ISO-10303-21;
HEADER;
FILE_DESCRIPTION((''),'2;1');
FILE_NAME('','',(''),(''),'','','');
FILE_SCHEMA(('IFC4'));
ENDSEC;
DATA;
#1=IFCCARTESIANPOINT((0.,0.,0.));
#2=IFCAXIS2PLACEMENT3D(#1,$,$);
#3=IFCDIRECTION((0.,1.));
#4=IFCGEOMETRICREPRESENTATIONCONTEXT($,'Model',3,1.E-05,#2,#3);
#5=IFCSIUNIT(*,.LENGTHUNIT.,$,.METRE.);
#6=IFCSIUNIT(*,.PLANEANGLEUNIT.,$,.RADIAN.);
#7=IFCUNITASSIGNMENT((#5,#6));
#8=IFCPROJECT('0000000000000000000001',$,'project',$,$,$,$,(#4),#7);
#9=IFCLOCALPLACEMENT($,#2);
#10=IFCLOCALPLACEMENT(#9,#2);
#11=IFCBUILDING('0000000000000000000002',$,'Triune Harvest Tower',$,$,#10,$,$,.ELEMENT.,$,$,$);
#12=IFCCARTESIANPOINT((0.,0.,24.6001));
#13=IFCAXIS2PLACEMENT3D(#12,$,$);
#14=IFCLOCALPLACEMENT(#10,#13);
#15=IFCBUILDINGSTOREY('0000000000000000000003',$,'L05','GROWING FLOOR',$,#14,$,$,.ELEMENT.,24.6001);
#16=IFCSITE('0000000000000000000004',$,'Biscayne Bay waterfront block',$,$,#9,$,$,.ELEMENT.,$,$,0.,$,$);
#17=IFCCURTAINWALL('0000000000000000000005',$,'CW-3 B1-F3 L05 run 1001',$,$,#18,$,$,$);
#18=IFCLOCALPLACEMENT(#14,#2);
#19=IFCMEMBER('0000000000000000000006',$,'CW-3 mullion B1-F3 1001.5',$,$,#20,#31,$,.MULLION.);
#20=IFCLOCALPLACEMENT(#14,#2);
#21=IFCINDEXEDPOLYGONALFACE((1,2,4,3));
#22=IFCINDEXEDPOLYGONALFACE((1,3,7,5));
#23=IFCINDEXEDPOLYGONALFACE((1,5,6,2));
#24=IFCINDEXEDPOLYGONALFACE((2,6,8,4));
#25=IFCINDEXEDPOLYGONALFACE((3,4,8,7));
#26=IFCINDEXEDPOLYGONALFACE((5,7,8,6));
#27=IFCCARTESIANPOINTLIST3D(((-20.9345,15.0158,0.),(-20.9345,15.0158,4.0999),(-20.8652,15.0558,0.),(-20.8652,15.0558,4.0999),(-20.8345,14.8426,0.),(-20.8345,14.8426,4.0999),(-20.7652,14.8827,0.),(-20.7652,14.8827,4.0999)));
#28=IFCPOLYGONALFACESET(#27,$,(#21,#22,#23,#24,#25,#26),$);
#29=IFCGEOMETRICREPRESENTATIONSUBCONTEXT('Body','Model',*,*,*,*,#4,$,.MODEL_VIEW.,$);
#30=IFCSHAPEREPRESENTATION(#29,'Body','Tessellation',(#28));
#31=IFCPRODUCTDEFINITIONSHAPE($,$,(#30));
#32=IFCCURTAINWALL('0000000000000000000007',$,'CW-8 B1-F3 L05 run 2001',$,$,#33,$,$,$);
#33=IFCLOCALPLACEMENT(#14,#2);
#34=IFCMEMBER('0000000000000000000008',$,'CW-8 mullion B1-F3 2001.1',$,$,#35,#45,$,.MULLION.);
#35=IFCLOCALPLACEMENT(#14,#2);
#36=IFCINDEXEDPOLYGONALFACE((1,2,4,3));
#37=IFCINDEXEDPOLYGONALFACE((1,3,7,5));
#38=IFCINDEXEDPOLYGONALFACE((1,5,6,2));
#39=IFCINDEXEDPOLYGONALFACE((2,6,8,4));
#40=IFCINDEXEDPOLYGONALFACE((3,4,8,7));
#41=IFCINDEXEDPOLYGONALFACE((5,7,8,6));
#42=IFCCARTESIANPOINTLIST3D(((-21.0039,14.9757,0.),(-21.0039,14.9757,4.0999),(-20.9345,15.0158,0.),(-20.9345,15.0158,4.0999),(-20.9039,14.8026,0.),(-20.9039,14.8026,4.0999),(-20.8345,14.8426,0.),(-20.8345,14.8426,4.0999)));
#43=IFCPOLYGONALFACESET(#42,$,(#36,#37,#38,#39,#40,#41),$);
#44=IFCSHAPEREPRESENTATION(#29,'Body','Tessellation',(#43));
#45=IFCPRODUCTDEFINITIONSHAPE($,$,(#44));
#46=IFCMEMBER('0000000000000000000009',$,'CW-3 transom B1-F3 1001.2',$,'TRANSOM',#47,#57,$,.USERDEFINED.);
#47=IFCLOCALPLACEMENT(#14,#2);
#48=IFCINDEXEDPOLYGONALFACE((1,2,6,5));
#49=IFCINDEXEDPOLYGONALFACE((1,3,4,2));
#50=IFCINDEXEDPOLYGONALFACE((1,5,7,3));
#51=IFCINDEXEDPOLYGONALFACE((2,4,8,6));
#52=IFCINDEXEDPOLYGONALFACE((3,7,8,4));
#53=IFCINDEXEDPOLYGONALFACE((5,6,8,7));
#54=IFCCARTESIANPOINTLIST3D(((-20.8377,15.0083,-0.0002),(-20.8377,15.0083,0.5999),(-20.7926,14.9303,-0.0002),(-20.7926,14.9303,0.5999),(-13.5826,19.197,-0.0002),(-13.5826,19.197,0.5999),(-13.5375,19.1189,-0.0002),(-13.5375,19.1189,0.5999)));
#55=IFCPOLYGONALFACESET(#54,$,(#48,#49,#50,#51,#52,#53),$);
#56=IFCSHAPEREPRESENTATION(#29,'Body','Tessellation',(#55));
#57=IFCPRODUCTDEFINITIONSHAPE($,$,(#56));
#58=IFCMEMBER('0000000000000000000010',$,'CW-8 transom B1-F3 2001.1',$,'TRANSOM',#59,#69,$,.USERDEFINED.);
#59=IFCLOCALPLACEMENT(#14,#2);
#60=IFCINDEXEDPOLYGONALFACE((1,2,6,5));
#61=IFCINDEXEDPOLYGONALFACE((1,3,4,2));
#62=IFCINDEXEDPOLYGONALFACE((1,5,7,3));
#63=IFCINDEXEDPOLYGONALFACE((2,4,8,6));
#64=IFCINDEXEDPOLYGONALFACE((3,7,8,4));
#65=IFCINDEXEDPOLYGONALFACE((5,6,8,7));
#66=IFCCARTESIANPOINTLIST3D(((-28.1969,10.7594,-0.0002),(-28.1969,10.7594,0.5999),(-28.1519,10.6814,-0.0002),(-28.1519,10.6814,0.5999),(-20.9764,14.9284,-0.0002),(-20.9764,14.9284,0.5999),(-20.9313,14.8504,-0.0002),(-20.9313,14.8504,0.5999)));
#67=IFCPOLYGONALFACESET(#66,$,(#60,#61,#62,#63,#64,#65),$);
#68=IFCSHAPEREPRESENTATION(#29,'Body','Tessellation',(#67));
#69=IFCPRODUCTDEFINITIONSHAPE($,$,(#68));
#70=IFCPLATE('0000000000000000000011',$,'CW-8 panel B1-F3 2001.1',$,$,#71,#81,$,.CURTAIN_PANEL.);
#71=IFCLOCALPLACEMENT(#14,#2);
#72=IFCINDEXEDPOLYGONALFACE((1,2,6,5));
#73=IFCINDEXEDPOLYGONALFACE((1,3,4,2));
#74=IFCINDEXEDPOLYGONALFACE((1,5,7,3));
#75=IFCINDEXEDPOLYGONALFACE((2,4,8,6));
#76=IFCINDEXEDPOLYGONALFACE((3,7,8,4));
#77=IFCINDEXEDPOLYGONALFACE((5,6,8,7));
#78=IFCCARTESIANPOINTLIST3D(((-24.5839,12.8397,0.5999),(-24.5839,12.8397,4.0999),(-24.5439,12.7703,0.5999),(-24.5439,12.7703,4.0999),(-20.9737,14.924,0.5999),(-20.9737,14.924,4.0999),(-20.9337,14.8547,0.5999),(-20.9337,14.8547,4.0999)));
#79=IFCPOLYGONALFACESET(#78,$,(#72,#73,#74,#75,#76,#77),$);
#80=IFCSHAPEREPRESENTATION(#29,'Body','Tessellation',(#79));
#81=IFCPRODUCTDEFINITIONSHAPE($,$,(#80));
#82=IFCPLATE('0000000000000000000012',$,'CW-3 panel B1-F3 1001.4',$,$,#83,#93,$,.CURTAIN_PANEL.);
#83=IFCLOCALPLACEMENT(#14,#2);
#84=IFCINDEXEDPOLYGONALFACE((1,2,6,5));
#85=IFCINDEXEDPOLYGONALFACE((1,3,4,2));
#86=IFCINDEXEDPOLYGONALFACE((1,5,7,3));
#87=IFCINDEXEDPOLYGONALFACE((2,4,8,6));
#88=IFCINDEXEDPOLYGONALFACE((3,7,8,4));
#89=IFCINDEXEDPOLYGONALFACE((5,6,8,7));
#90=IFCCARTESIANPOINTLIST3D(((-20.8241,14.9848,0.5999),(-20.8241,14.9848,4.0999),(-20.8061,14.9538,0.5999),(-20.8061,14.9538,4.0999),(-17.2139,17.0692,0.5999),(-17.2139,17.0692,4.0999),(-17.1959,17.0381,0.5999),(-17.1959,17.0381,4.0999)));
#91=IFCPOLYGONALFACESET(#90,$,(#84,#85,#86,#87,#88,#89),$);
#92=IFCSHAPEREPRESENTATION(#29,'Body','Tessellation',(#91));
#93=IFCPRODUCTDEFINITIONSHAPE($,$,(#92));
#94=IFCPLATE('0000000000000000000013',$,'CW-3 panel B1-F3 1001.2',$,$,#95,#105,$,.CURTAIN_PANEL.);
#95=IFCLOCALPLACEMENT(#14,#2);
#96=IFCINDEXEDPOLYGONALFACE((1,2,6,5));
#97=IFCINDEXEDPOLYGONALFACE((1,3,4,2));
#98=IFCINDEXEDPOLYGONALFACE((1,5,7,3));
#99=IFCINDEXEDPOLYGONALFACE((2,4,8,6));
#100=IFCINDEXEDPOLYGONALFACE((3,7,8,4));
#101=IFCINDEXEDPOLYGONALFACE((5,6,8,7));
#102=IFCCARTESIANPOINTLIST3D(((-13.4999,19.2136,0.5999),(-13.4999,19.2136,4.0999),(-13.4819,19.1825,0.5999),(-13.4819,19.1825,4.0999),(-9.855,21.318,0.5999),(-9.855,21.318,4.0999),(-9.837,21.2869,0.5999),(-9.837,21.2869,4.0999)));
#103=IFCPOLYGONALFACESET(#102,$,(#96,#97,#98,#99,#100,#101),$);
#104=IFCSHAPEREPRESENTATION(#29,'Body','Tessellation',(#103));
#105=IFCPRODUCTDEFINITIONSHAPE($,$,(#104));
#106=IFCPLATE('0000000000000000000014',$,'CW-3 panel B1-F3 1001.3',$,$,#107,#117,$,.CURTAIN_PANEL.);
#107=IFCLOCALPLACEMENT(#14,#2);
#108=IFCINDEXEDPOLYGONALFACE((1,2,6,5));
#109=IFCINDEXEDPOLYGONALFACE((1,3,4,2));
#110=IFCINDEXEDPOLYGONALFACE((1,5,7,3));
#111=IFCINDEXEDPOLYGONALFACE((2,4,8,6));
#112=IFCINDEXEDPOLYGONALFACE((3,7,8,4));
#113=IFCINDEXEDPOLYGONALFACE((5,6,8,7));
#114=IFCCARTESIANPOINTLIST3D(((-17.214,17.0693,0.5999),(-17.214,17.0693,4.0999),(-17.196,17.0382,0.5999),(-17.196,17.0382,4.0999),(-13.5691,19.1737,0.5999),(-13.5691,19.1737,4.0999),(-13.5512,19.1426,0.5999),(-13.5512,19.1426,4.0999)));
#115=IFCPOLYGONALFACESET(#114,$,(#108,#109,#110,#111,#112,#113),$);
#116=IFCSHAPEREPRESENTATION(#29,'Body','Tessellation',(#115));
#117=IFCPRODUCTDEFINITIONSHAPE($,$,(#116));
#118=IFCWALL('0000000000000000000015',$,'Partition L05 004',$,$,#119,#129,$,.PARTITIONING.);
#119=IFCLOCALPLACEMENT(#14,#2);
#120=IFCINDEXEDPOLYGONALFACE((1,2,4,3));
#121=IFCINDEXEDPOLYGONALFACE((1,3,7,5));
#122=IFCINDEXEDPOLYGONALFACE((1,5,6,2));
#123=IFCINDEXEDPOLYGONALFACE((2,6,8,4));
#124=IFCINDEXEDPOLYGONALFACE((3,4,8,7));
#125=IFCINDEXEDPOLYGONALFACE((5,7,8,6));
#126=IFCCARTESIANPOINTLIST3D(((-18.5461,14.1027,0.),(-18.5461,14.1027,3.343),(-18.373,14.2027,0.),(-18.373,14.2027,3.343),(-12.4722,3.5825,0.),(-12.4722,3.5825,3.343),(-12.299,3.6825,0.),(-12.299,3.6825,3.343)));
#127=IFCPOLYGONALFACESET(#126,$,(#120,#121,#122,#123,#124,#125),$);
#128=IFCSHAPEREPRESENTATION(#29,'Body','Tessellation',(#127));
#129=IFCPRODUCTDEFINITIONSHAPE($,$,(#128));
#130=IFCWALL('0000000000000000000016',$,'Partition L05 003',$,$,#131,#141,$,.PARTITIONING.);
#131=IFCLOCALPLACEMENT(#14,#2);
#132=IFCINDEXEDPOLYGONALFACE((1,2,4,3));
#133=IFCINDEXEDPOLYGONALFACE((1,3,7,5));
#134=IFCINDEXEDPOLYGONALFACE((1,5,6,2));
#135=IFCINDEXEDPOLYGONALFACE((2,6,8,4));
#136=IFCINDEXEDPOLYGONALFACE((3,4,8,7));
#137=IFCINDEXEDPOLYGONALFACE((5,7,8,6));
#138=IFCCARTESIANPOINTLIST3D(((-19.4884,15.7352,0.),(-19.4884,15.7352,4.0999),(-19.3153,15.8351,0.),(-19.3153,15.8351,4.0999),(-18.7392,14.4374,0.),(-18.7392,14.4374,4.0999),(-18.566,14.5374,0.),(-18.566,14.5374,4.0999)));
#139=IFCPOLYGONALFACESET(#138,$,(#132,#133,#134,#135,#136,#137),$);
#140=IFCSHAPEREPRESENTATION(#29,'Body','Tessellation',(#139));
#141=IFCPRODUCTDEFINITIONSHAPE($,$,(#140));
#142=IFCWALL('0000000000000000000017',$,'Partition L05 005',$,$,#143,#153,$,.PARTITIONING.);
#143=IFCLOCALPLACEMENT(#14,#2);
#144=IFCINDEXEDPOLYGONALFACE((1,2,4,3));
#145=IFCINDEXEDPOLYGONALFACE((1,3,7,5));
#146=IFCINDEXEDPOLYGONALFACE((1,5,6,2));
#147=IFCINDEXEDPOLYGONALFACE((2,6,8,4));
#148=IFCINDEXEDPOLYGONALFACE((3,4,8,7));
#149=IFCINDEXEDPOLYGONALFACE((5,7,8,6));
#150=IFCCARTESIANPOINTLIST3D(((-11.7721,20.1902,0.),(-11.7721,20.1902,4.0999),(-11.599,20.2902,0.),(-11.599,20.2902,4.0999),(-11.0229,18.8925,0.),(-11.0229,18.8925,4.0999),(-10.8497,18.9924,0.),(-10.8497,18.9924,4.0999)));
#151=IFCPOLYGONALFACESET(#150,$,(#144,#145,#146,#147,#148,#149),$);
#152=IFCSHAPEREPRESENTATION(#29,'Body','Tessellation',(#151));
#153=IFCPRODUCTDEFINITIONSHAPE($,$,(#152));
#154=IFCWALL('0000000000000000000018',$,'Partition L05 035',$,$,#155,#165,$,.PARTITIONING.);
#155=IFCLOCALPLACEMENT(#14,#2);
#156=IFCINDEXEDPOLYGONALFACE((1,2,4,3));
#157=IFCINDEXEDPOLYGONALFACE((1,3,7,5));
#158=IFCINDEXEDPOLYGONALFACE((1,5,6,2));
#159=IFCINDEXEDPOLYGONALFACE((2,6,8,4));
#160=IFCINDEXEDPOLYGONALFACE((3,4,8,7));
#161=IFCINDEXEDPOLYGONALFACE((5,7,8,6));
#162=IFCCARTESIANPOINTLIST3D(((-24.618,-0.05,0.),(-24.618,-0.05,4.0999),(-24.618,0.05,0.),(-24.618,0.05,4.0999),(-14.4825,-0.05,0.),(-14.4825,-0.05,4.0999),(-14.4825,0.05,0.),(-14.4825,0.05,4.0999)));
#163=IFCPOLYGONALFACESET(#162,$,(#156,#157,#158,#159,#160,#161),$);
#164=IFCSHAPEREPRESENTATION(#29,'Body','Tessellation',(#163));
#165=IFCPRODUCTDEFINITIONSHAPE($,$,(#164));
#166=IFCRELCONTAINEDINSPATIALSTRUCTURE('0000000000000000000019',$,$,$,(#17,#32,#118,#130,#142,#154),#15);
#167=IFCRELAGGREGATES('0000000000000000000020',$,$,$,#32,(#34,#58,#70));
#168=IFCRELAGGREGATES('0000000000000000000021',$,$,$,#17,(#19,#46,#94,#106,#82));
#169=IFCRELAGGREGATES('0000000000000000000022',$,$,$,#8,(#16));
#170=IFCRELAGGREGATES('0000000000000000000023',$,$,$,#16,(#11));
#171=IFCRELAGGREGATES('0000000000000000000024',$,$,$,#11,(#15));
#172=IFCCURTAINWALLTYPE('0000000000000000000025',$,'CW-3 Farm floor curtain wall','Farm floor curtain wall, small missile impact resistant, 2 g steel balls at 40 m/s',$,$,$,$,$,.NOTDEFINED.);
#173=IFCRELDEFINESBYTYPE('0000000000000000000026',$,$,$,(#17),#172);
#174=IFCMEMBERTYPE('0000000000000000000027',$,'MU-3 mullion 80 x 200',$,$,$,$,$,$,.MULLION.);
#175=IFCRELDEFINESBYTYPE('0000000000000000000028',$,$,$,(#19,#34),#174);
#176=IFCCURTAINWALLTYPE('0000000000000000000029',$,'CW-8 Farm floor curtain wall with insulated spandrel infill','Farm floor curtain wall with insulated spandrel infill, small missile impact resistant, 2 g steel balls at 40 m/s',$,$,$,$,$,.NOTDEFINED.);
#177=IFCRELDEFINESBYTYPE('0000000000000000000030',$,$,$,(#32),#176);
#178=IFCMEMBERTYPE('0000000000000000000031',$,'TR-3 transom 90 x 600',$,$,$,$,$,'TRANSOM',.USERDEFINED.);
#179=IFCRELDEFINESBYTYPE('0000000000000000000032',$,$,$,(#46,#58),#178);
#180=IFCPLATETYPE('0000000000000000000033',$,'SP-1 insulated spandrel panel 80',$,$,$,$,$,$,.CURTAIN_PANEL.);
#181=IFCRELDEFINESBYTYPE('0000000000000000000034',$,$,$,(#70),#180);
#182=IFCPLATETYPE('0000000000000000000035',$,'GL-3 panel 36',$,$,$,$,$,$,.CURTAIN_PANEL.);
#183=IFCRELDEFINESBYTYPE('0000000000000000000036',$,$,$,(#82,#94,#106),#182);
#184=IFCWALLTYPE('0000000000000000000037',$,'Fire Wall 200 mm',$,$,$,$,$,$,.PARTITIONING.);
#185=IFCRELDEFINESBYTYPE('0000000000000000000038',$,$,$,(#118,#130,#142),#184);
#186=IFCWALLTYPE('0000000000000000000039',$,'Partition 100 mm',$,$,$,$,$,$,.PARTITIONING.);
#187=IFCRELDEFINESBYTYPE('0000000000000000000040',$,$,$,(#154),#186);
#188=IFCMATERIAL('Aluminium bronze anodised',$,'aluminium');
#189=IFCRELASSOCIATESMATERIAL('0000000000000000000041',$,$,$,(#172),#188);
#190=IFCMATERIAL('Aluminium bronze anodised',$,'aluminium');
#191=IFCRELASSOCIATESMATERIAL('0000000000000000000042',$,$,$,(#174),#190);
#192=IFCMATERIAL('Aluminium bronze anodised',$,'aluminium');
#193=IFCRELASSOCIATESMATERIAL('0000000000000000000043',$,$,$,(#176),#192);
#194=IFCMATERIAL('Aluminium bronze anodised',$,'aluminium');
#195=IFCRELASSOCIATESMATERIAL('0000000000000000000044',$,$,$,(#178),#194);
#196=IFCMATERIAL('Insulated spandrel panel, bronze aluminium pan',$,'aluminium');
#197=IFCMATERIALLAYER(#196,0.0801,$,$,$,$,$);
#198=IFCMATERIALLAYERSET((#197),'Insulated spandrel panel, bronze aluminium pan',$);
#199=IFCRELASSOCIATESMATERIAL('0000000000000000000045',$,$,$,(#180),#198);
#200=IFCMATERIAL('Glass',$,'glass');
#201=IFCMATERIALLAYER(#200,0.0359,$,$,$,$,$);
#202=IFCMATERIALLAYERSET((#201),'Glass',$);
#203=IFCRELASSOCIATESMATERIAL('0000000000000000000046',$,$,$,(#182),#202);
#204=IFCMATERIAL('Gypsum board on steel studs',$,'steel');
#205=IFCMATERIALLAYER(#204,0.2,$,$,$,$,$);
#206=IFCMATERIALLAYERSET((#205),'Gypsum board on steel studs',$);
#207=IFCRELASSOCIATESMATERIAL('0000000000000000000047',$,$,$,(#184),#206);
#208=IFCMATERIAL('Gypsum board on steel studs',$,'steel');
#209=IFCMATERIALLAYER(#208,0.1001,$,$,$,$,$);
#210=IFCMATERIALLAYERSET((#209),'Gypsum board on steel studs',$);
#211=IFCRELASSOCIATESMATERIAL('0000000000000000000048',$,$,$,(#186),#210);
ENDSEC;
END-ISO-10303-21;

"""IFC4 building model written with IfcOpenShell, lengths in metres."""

from ifc_helpers import new_model, si_unit, direction, frame, frame_2d, origin, origin_2d, place, context, subcontext, project, spatial, rectangle, extrude, source, transform, mapped, material, layer, layer_set, material_profile, profile_set, type_object, element, aggregate, save


model = new_model("IFC4")

# Units and contexts
model_context = context("Model", 3, precision=1e-05, world=origin(), true_north=direction((0.0, 1.0)))
body_context = subcontext(model_context, "Body", "Model", "MODEL_VIEW")
ifc_project = project(units=[si_unit("LENGTHUNIT", "METRE"), si_unit("PLANEANGLEUNIT", "RADIAN")], contexts=[model_context])

# Site, building, storey
site_placement = place(None, origin())
site = spatial("IfcSite", under=ifc_project, at=site_placement, Name="Biscayne Bay waterfront block", CompositionType="ELEMENT", RefElevation=0.0)
building_placement = place(site_placement, origin())
building = spatial("IfcBuilding", under=site, at=building_placement, Name="Triune Harvest Tower", CompositionType="ELEMENT")
storey_placement = place(building_placement, frame((0.0, 0.0, 24.6001)))
storey = spatial("IfcBuildingStorey", under=building, at=storey_placement, Name="L05", Description="GROWING FLOOR", CompositionType="ELEMENT", Elevation=24.6001)

# Curtain wall, member
ifc_material_1 = material(Name="Aluminium bronze anodised", Category="aluminium")
curtain_wall_type_1 = type_object("IfcCurtainWallType", Name="CW-3 Farm floor curtain wall", Description="Farm floor curtain wall, small missile impact resistant, 2 g steel balls at 40 m/s", PredefinedType="NOTDEFINED", material=ifc_material_1)
curtain_wall_1_placement = place(storey_placement, origin())
curtain_wall_1 = element("IfcCurtainWall", 1, at=curtain_wall_1_placement, inside=storey, type_object=curtain_wall_type_1, Name="CW-3 B1-F3 L05 run 1001")
ifc_material_2 = material(Name="Aluminium bronze anodised", Category="aluminium")
ifc_material_profile_1 = material_profile(ifc_material_2, rectangle(XDim=0.2, YDim=0.0801, at=origin_2d()), Name="MU-3 mullion 80 x 200")
ifc_profile_set_1 = profile_set([ifc_material_profile_1], Name="Aluminium bronze anodised")
member_type_1 = type_object("IfcMemberType", Name="MU-3 mullion 80 x 200", PredefinedType="MULLION", material=ifc_profile_set_1)
shared_shape_1 = source(origin(), body_context, "Body", "SweptSolid", [
    extrude(rectangle(XDim=0.2, YDim=0.0801, at=origin_2d()), origin(), (0.0, 0.0, 1.0), 4.0999),
])
member_1_placement = place(storey_placement, frame((-20.8499, 14.9492, 0.0), z_axis=(0.0, 0.0, 1.0), x_axis=(0.5, -0.866025, 0.0)))
member_1 = element("IfcMember", 2, at=member_1_placement, type_object=member_type_1, Name="CW-3 mullion B1-F3 1001.5", PredefinedType="MULLION", context=body_context, shape_type="MappedRepresentation", body=[
    mapped(shared_shape_1, transform((0.0, 0.0, 0.0), scale=1.0)),
])

# Curtain wall, member
ifc_material_3 = material(Name="Aluminium bronze anodised", Category="aluminium")
curtain_wall_type_2 = type_object("IfcCurtainWallType", Name="CW-8 Farm floor curtain wall with insulated spandrel infill", Description="Farm floor curtain wall with insulated spandrel infill, small missile impact resistant, 2 g steel balls at 40 m/s", PredefinedType="NOTDEFINED", material=ifc_material_3)
curtain_wall_2_placement = place(storey_placement, origin())
curtain_wall_2 = element("IfcCurtainWall", 3, at=curtain_wall_2_placement, inside=storey, type_object=curtain_wall_type_2, Name="CW-8 B1-F3 L05 run 2001")
member_2_placement = place(storey_placement, frame((-20.9192, 14.9092, 0.0), z_axis=(0.0, 0.0, 1.0), x_axis=(0.500007, -0.866021, 0.0)))
member_2 = element("IfcMember", 4, at=member_2_placement, type_object=member_type_1, Name="CW-8 mullion B1-F3 2001.1", PredefinedType="MULLION", context=body_context, shape_type="MappedRepresentation", body=[
    mapped(shared_shape_1, transform((0.0, 0.0, 0.0), scale=1.0)),
])

# Members
ifc_material_4 = material(Name="Aluminium bronze anodised", Category="aluminium")
ifc_material_profile_2 = material_profile(ifc_material_4, rectangle(XDim=0.0901, YDim=0.6001, at=origin_2d()), Name="TR-3 transom 90 x 600")
ifc_profile_set_2 = profile_set([ifc_material_profile_2], Name="Aluminium bronze anodised")
member_type_2 = type_object("IfcMemberType", Name="TR-3 transom 90 x 600", ElementType="TRANSOM", PredefinedType="USERDEFINED", material=ifc_profile_set_2)
shared_shape_2 = source(origin(), body_context, "Body", "SweptSolid", [
    extrude(rectangle(XDim=0.0901, YDim=0.6001, at=origin_2d()), origin(), (0.0, 0.0, 1.0), 8.3774),
])
member_3_placement = place(storey_placement, frame((-13.5601, 19.158, 0.2998), z_axis=(-0.866027, -0.499997, 0.0), x_axis=(0.499997, -0.866027, 0.0)))
member_3 = element("IfcMember", 5, at=member_3_placement, type_object=member_type_2, Name="CW-3 transom B1-F3 1001.2", ObjectType="TRANSOM", PredefinedType="USERDEFINED", context=body_context, shape_type="MappedRepresentation", body=[
    mapped(shared_shape_2, transform((0.0, 0.0, 0.0), scale=1.0)),
])
shared_shape_3 = source(origin(), body_context, "Body", "SweptSolid", [
    extrude(rectangle(XDim=0.0901, YDim=0.6001, at=origin_2d()), origin(), (0.0, 0.0, 1.0), 8.3376),
])
member_4_placement = place(storey_placement, frame((-20.9539, 14.8894, 0.2998), z_axis=(-0.866014, -0.500019, 0.0), x_axis=(0.500019, -0.866014, 0.0)))
member_4 = element("IfcMember", 6, at=member_4_placement, type_object=member_type_2, Name="CW-8 transom B1-F3 2001.1", ObjectType="TRANSOM", PredefinedType="USERDEFINED", context=body_context, shape_type="MappedRepresentation", body=[
    mapped(shared_shape_3, transform((0.0, 0.0, 0.0), scale=1.0)),
])

# Plates
ifc_material_5 = material(Name="Insulated spandrel panel, bronze aluminium pan", Category="aluminium")
ifc_layer_1 = layer(ifc_material_5, 0.0801)
ifc_layer_set_1 = layer_set([ifc_layer_1], Name="Insulated spandrel panel, bronze aluminium pan")
plate_type_1 = type_object("IfcPlateType", Name="SP-1 insulated spandrel panel 80", PredefinedType="CURTAIN_PANEL", material=ifc_layer_set_1)
shared_shape_4 = source(origin(), body_context, "Body", "SweptSolid", [
    extrude(rectangle(XDim=4.1687, YDim=0.0801, at=origin_2d()), origin(), (0.0, 0.0, 1.0), 3.5),
])
plate_1_placement = place(storey_placement, frame((-22.7588, 13.8472, 0.5999), z_axis=(0.0, 0.0, 1.0), x_axis=(-0.866021, -0.500007, 0.0)))
plate_1 = element("IfcPlate", 7, at=plate_1_placement, type_object=plate_type_1, Name="CW-8 panel B1-F3 2001.1", PredefinedType="CURTAIN_PANEL", context=body_context, shape_type="MappedRepresentation", body=[
    mapped(shared_shape_4, transform((0.0, 0.0, 0.0), scale=1.0)),
])
aggregate(curtain_wall_2, [member_2, member_4, plate_1])
ifc_material_6 = material(Name="Glass", Category="glass")
ifc_layer_2 = layer(ifc_material_6, 0.0359)
ifc_layer_set_2 = layer_set([ifc_layer_2], Name="Glass")
plate_type_2 = type_object("IfcPlateType", Name="GL-3 panel 36", PredefinedType="CURTAIN_PANEL", material=ifc_layer_set_2)
shared_shape_5 = source(origin(), body_context, "Body", "SweptSolid", [
    extrude(rectangle(XDim=4.1687, YDim=0.0359, at=origin_2d()), origin(), (0.0, 0.0, 1.0), 3.5),
])
plate_2_placement = place(storey_placement, frame((-19.01, 16.0115, 0.5999), z_axis=(0.0, 0.0, 1.0), x_axis=(-0.866025, -0.5, 0.0)))
plate_2 = element("IfcPlate", 8, at=plate_2_placement, type_object=plate_type_2, Name="CW-3 panel B1-F3 1001.4", PredefinedType="CURTAIN_PANEL", context=body_context, shape_type="MappedRepresentation", body=[
    mapped(shared_shape_5, transform((0.0, 0.0, 0.0), scale=1.0)),
])
shared_shape_6 = source(origin(), body_context, "Body", "SweptSolid", [
    extrude(rectangle(XDim=4.2087, YDim=0.0359, at=origin_2d()), origin(), (0.0, 0.0, 1.0), 3.5),
])
plate_3_placement = place(storey_placement, frame((-11.6685, 20.2502, 0.5999), z_axis=(0.0, 0.0, 1.0), x_axis=(-0.866025, -0.5, 0.0)))
plate_3 = element("IfcPlate", 9, at=plate_3_placement, type_object=plate_type_2, Name="CW-3 panel B1-F3 1001.2", PredefinedType="CURTAIN_PANEL", context=body_context, shape_type="MappedRepresentation", body=[
    mapped(shared_shape_6, transform((0.0, 0.0, 0.0), scale=1.0)),
])
plate_4_placement = place(storey_placement, frame((-15.3826, 18.106, 0.5999), z_axis=(0.0, 0.0, 1.0), x_axis=(-0.866025, -0.5, 0.0)))
plate_4 = element("IfcPlate", 10, at=plate_4_placement, type_object=plate_type_2, Name="CW-3 panel B1-F3 1001.3", PredefinedType="CURTAIN_PANEL", context=body_context, shape_type="MappedRepresentation", body=[
    mapped(shared_shape_6, transform((0.0, 0.0, 0.0), scale=1.0)),
])
aggregate(curtain_wall_1, [member_1, member_3, plate_3, plate_4, plate_2])

# Walls
ifc_material_7 = material(Name="Gypsum board on steel studs", Category="steel")
ifc_layer_3 = layer(ifc_material_7, 0.2)
ifc_layer_set_3 = layer_set([ifc_layer_3], Name="Gypsum board on steel studs")
wall_type_1 = type_object("IfcWallType", Name="Fire Wall 200 mm", PredefinedType="PARTITIONING", material=ifc_layer_set_3)
shared_shape_7 = source(origin(), body_context, "Body", "SweptSolid", [
    extrude(rectangle(XDim=12.1477, YDim=0.2, at=frame_2d((6.0737, 0.0))), origin(), (0.0, 0.0, 1.0), 3.343),
])
wall_1_placement = place(storey_placement, frame((-18.4595, 14.1526, 0.0), z_axis=(0.0, 0.0, 1.0), x_axis=(0.500006, -0.866022, 0.0)))
element("IfcWall", 11, at=wall_1_placement, inside=storey, type_object=wall_type_1, Name="Partition L05 004", PredefinedType="PARTITIONING", context=body_context, shape_type="MappedRepresentation", body=[
    mapped(shared_shape_7, transform((0.0, 0.0, 0.0), scale=1.0)),
])
shared_shape_8 = source(origin(), body_context, "Body", "SweptSolid", [
    extrude(rectangle(XDim=1.4985, YDim=0.2, at=frame_2d((0.7493, 0.0))), origin(), (0.0, 0.0, 1.0), 4.0999),
])
for number, where, z_axis, x_axis, name in (
    (12, (-19.4019, 15.7852, 0.0), (0.0, 0.0, 1.0), (0.499976, -0.866039, 0.0), "Partition L05 003"),
    (13, (-11.6855, 20.2402, 0.0), (0.0, 0.0, 1.0), (0.499976, -0.866039, 0.0), "Partition L05 005"),
):
    element("IfcWall", number, at=place(storey_placement, frame(where, z_axis=z_axis, x_axis=x_axis)), inside=storey, type_object=wall_type_1, Name=name, PredefinedType="PARTITIONING", context=body_context, shape_type="MappedRepresentation", body=[
        mapped(shared_shape_8, transform((0.0, 0.0, 0.0), scale=1.0)),
    ])
ifc_material_8 = material(Name="Gypsum board on steel studs", Category="steel")
ifc_layer_4 = layer(ifc_material_8, 0.1001)
ifc_layer_set_4 = layer_set([ifc_layer_4], Name="Gypsum board on steel studs")
wall_type_2 = type_object("IfcWallType", Name="Partition 100 mm", PredefinedType="PARTITIONING", material=ifc_layer_set_4)
shared_shape_9 = source(origin(), body_context, "Body", "SweptSolid", [
    extrude(rectangle(XDim=10.1355, YDim=0.1001, at=frame_2d((5.0679, 0.0))), origin(), (0.0, 0.0, 1.0), 4.0999),
])
wall_2_placement = place(storey_placement, frame((-24.6182, 0.0, 0.0), z_axis=(0.0, 0.0, 1.0), x_axis=(1.0, 0.0, 0.0)))
element("IfcWall", 14, at=wall_2_placement, inside=storey, type_object=wall_type_2, Name="Partition L05 035", PredefinedType="PARTITIONING", context=body_context, shape_type="MappedRepresentation", body=[
    mapped(shared_shape_9, transform((0.0, 0.0, 0.0), scale=1.0)),
])

save(model, "model.ifc")
